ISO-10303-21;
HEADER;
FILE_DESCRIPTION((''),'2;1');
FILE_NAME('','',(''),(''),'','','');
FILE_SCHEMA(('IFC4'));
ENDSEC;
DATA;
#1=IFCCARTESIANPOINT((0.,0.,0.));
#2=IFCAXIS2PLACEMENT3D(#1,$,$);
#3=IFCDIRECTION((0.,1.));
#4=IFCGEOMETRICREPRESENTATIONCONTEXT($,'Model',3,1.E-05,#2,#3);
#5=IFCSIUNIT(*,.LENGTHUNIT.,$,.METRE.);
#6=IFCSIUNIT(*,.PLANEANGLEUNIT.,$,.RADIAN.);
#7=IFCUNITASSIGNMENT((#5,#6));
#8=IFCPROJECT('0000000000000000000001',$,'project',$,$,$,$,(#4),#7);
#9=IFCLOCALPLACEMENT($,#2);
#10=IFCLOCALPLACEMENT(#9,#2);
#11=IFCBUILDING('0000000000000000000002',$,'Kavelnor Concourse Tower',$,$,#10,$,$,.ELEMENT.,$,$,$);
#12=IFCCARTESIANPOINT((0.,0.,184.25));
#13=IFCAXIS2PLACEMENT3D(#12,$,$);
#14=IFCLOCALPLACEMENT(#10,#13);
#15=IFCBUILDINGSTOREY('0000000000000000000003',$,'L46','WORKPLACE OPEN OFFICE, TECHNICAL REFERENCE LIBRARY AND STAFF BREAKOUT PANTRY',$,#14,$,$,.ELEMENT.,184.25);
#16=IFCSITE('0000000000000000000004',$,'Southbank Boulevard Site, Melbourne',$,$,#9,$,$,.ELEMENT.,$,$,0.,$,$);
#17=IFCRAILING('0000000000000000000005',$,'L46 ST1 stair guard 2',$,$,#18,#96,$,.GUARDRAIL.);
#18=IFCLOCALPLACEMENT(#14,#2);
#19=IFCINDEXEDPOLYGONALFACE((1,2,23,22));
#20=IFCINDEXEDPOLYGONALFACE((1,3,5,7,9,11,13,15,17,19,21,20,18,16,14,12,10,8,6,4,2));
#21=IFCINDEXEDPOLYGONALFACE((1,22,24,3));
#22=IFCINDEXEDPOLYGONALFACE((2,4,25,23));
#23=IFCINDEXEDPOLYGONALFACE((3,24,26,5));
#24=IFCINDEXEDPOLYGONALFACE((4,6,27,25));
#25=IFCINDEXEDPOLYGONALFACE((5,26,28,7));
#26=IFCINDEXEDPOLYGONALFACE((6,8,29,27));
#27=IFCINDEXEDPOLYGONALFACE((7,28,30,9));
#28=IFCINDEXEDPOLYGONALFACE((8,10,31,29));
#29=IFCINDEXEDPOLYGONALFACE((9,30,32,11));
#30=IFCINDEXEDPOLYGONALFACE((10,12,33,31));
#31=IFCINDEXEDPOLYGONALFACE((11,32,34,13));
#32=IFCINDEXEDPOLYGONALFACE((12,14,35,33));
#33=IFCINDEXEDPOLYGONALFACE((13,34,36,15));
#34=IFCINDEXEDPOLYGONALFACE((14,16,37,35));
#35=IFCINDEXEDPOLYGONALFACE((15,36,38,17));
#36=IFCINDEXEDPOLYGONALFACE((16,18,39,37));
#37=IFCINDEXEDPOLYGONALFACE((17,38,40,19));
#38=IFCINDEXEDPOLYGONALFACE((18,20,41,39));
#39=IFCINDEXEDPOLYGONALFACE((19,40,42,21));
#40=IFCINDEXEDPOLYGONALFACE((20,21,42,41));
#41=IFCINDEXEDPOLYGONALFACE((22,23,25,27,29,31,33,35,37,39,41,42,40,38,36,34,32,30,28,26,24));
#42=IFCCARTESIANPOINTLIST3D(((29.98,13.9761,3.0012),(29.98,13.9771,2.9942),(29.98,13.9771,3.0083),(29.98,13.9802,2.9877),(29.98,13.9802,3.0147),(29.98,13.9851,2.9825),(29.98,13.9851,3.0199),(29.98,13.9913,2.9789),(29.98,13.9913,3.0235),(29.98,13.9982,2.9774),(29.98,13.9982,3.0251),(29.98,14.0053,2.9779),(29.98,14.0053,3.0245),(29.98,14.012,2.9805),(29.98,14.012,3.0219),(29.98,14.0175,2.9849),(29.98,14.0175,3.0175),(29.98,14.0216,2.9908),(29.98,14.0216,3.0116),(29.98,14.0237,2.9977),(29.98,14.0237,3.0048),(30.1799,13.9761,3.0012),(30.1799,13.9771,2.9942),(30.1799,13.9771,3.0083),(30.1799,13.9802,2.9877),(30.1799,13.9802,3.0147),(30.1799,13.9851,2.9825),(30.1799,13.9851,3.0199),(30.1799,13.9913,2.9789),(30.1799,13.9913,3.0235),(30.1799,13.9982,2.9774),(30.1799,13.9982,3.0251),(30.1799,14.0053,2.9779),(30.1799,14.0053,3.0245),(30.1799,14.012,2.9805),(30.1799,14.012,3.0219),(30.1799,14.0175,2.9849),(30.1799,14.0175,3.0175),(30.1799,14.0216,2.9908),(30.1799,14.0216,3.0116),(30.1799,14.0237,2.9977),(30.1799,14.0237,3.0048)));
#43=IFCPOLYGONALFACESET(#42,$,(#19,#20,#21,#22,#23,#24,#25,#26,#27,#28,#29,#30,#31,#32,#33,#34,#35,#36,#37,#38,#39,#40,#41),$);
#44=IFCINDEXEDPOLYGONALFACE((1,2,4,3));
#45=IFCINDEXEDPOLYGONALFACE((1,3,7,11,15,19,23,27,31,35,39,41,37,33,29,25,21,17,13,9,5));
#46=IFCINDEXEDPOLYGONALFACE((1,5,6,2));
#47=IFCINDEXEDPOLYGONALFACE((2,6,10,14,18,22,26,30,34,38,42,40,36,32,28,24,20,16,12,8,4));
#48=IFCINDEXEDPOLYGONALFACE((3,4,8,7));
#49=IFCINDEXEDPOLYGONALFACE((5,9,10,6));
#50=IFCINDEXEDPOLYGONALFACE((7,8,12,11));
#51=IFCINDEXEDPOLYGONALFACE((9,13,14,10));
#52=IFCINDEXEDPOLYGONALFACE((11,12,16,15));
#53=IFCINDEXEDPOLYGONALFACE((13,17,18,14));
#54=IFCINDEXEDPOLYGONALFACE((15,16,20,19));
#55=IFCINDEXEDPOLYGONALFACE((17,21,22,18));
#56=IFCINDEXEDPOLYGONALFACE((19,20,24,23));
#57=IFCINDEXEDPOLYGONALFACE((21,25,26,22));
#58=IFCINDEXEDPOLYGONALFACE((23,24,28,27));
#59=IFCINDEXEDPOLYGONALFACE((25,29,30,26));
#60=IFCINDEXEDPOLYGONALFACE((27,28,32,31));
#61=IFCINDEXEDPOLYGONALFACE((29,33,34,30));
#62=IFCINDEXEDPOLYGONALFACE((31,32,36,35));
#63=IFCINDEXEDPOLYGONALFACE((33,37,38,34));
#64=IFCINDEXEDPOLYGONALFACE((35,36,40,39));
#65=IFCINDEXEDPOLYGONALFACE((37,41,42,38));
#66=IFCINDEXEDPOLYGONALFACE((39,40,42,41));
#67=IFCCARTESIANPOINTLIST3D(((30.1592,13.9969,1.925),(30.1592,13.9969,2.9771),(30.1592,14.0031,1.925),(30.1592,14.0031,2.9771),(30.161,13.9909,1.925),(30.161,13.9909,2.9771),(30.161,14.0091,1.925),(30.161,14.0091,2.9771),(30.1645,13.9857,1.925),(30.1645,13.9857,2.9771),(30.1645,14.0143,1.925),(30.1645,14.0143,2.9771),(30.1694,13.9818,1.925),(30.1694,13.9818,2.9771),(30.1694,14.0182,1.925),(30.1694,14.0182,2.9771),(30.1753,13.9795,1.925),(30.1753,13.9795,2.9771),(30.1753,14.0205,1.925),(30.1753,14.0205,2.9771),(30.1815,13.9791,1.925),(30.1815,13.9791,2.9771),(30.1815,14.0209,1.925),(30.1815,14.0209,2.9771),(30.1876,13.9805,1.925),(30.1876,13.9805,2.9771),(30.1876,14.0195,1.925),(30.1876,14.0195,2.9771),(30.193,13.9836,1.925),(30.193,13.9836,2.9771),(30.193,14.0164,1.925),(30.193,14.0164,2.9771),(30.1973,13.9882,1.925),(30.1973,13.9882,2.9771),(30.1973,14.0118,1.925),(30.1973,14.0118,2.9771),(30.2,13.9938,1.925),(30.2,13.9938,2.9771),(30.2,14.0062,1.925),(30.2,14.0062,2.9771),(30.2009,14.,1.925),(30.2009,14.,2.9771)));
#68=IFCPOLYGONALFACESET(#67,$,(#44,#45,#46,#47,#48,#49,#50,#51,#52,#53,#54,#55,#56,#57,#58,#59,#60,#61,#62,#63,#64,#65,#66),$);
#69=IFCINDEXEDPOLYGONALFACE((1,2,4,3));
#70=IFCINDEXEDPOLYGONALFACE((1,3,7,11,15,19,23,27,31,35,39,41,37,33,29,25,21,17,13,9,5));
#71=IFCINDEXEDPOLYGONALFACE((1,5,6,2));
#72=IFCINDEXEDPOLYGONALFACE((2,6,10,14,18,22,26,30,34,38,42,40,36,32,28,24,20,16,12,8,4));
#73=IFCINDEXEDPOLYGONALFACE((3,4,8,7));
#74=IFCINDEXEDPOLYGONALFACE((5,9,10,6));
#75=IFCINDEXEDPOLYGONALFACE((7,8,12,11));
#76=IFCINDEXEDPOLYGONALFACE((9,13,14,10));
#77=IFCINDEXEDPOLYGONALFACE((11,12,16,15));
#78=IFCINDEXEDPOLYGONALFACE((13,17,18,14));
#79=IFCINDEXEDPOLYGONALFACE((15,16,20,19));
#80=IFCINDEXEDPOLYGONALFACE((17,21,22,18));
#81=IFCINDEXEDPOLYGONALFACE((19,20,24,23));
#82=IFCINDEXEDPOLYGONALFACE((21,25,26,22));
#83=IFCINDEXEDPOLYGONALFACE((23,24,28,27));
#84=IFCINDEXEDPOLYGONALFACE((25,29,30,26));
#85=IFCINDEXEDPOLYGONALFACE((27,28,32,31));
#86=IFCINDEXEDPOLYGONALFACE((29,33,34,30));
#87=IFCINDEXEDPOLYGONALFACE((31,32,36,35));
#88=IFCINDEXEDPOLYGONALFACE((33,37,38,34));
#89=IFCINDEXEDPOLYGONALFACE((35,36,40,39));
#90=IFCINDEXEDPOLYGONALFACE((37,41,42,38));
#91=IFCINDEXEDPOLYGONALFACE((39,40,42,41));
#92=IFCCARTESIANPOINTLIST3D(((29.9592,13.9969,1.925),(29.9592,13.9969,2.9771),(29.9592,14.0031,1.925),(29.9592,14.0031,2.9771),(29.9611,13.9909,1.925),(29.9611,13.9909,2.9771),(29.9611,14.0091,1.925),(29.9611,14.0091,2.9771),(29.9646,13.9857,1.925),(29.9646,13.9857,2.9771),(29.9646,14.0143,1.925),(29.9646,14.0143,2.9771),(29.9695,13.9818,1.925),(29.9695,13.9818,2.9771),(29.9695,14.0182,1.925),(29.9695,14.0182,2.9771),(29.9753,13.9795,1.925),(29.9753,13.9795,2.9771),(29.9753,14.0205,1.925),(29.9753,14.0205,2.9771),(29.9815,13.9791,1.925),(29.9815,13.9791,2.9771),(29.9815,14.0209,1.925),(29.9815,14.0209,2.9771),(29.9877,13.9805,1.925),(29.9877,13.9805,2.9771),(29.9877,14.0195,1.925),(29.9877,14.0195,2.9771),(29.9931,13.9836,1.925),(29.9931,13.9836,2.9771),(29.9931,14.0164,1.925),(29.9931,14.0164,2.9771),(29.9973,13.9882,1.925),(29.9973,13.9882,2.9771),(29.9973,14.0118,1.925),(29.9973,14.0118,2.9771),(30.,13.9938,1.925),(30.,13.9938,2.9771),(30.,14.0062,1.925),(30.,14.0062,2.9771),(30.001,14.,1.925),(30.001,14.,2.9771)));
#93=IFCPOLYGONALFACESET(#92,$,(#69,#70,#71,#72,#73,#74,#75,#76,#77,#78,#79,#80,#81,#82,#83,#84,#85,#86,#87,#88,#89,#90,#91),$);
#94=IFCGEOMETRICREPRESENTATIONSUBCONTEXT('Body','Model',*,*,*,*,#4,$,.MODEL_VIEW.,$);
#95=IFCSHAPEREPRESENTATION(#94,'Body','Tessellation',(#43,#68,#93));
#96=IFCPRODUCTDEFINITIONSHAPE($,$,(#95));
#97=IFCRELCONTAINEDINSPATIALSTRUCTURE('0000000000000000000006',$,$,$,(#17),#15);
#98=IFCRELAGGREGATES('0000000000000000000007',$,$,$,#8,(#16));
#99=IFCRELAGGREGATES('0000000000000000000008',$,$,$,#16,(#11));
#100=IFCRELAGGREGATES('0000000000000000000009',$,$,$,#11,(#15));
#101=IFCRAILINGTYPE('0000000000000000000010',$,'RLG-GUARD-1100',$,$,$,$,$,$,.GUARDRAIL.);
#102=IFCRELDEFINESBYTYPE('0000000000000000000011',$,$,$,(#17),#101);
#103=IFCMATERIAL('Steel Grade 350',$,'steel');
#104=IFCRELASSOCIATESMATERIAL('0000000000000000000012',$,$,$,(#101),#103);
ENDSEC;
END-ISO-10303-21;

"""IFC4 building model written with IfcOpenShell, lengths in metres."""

from ifc_helpers import new_model, si_unit, direction, frame, origin, origin_2d, place, context, subcontext, project, spatial, circle, extrude, material, type_object, element, save


model = new_model("IFC4")

# Units and contexts
model_context = context("Model", 3, precision=1e-05, world=origin(), true_north=direction((0.0, 1.0)))
body_context = subcontext(model_context, "Body", "Model", "MODEL_VIEW")
ifc_project = project(units=[si_unit("LENGTHUNIT", "METRE"), si_unit("PLANEANGLEUNIT", "RADIAN")], contexts=[model_context])

# Site, building, storey
site_placement = place(None, origin())
site = spatial("IfcSite", under=ifc_project, at=site_placement, Name="Southbank Boulevard Site, Melbourne", CompositionType="ELEMENT", RefElevation=0.0)
building_placement = place(site_placement, origin())
building = spatial("IfcBuilding", under=site, at=building_placement, Name="Kavelnor Concourse Tower", CompositionType="ELEMENT")
storey_placement = place(building_placement, frame((0.0, 0.0, 184.25)))
storey = spatial("IfcBuildingStorey", under=building, at=storey_placement, Name="L46", Description="WORKPLACE OPEN OFFICE, TECHNICAL REFERENCE LIBRARY AND STAFF BREAKOUT PANTRY", CompositionType="ELEMENT", Elevation=184.25)

# Shared definitions
ifc_material_1 = material(Name="Steel Grade 350", Category="steel")

# Railing
railing_type_1 = type_object("IfcRailingType", Name="RLG-GUARD-1100", PredefinedType="GUARDRAIL", material=ifc_material_1)
railing_1_placement = place(storey_placement, frame((30.1799, 14.0, 1.925)))
element("IfcRailing", 1, at=railing_1_placement, inside=storey, type_object=railing_type_1, Name="L46 ST1 stair guard 2", PredefinedType="GUARDRAIL", context=body_context, shape_type="SweptSolid", body=[
    extrude(circle(Radius=0.0239, at=origin_2d()), frame((0.0, 0.0, 1.0762), z_axis=(-1.0, 0.0, 0.0), x_axis=(0.0, -1.0, 0.0)), (0.0, 0.0, 1.0), 0.2),
    extrude(circle(Radius=0.021, at=origin_2d()), origin(), (0.0, 0.0, 1.0), 1.052),
    extrude(circle(Radius=0.021, at=origin_2d()), frame((-0.2, 0.0, 0.0)), (0.0, 0.0, 1.0), 1.052),
])

save(model, "model.ifc")
